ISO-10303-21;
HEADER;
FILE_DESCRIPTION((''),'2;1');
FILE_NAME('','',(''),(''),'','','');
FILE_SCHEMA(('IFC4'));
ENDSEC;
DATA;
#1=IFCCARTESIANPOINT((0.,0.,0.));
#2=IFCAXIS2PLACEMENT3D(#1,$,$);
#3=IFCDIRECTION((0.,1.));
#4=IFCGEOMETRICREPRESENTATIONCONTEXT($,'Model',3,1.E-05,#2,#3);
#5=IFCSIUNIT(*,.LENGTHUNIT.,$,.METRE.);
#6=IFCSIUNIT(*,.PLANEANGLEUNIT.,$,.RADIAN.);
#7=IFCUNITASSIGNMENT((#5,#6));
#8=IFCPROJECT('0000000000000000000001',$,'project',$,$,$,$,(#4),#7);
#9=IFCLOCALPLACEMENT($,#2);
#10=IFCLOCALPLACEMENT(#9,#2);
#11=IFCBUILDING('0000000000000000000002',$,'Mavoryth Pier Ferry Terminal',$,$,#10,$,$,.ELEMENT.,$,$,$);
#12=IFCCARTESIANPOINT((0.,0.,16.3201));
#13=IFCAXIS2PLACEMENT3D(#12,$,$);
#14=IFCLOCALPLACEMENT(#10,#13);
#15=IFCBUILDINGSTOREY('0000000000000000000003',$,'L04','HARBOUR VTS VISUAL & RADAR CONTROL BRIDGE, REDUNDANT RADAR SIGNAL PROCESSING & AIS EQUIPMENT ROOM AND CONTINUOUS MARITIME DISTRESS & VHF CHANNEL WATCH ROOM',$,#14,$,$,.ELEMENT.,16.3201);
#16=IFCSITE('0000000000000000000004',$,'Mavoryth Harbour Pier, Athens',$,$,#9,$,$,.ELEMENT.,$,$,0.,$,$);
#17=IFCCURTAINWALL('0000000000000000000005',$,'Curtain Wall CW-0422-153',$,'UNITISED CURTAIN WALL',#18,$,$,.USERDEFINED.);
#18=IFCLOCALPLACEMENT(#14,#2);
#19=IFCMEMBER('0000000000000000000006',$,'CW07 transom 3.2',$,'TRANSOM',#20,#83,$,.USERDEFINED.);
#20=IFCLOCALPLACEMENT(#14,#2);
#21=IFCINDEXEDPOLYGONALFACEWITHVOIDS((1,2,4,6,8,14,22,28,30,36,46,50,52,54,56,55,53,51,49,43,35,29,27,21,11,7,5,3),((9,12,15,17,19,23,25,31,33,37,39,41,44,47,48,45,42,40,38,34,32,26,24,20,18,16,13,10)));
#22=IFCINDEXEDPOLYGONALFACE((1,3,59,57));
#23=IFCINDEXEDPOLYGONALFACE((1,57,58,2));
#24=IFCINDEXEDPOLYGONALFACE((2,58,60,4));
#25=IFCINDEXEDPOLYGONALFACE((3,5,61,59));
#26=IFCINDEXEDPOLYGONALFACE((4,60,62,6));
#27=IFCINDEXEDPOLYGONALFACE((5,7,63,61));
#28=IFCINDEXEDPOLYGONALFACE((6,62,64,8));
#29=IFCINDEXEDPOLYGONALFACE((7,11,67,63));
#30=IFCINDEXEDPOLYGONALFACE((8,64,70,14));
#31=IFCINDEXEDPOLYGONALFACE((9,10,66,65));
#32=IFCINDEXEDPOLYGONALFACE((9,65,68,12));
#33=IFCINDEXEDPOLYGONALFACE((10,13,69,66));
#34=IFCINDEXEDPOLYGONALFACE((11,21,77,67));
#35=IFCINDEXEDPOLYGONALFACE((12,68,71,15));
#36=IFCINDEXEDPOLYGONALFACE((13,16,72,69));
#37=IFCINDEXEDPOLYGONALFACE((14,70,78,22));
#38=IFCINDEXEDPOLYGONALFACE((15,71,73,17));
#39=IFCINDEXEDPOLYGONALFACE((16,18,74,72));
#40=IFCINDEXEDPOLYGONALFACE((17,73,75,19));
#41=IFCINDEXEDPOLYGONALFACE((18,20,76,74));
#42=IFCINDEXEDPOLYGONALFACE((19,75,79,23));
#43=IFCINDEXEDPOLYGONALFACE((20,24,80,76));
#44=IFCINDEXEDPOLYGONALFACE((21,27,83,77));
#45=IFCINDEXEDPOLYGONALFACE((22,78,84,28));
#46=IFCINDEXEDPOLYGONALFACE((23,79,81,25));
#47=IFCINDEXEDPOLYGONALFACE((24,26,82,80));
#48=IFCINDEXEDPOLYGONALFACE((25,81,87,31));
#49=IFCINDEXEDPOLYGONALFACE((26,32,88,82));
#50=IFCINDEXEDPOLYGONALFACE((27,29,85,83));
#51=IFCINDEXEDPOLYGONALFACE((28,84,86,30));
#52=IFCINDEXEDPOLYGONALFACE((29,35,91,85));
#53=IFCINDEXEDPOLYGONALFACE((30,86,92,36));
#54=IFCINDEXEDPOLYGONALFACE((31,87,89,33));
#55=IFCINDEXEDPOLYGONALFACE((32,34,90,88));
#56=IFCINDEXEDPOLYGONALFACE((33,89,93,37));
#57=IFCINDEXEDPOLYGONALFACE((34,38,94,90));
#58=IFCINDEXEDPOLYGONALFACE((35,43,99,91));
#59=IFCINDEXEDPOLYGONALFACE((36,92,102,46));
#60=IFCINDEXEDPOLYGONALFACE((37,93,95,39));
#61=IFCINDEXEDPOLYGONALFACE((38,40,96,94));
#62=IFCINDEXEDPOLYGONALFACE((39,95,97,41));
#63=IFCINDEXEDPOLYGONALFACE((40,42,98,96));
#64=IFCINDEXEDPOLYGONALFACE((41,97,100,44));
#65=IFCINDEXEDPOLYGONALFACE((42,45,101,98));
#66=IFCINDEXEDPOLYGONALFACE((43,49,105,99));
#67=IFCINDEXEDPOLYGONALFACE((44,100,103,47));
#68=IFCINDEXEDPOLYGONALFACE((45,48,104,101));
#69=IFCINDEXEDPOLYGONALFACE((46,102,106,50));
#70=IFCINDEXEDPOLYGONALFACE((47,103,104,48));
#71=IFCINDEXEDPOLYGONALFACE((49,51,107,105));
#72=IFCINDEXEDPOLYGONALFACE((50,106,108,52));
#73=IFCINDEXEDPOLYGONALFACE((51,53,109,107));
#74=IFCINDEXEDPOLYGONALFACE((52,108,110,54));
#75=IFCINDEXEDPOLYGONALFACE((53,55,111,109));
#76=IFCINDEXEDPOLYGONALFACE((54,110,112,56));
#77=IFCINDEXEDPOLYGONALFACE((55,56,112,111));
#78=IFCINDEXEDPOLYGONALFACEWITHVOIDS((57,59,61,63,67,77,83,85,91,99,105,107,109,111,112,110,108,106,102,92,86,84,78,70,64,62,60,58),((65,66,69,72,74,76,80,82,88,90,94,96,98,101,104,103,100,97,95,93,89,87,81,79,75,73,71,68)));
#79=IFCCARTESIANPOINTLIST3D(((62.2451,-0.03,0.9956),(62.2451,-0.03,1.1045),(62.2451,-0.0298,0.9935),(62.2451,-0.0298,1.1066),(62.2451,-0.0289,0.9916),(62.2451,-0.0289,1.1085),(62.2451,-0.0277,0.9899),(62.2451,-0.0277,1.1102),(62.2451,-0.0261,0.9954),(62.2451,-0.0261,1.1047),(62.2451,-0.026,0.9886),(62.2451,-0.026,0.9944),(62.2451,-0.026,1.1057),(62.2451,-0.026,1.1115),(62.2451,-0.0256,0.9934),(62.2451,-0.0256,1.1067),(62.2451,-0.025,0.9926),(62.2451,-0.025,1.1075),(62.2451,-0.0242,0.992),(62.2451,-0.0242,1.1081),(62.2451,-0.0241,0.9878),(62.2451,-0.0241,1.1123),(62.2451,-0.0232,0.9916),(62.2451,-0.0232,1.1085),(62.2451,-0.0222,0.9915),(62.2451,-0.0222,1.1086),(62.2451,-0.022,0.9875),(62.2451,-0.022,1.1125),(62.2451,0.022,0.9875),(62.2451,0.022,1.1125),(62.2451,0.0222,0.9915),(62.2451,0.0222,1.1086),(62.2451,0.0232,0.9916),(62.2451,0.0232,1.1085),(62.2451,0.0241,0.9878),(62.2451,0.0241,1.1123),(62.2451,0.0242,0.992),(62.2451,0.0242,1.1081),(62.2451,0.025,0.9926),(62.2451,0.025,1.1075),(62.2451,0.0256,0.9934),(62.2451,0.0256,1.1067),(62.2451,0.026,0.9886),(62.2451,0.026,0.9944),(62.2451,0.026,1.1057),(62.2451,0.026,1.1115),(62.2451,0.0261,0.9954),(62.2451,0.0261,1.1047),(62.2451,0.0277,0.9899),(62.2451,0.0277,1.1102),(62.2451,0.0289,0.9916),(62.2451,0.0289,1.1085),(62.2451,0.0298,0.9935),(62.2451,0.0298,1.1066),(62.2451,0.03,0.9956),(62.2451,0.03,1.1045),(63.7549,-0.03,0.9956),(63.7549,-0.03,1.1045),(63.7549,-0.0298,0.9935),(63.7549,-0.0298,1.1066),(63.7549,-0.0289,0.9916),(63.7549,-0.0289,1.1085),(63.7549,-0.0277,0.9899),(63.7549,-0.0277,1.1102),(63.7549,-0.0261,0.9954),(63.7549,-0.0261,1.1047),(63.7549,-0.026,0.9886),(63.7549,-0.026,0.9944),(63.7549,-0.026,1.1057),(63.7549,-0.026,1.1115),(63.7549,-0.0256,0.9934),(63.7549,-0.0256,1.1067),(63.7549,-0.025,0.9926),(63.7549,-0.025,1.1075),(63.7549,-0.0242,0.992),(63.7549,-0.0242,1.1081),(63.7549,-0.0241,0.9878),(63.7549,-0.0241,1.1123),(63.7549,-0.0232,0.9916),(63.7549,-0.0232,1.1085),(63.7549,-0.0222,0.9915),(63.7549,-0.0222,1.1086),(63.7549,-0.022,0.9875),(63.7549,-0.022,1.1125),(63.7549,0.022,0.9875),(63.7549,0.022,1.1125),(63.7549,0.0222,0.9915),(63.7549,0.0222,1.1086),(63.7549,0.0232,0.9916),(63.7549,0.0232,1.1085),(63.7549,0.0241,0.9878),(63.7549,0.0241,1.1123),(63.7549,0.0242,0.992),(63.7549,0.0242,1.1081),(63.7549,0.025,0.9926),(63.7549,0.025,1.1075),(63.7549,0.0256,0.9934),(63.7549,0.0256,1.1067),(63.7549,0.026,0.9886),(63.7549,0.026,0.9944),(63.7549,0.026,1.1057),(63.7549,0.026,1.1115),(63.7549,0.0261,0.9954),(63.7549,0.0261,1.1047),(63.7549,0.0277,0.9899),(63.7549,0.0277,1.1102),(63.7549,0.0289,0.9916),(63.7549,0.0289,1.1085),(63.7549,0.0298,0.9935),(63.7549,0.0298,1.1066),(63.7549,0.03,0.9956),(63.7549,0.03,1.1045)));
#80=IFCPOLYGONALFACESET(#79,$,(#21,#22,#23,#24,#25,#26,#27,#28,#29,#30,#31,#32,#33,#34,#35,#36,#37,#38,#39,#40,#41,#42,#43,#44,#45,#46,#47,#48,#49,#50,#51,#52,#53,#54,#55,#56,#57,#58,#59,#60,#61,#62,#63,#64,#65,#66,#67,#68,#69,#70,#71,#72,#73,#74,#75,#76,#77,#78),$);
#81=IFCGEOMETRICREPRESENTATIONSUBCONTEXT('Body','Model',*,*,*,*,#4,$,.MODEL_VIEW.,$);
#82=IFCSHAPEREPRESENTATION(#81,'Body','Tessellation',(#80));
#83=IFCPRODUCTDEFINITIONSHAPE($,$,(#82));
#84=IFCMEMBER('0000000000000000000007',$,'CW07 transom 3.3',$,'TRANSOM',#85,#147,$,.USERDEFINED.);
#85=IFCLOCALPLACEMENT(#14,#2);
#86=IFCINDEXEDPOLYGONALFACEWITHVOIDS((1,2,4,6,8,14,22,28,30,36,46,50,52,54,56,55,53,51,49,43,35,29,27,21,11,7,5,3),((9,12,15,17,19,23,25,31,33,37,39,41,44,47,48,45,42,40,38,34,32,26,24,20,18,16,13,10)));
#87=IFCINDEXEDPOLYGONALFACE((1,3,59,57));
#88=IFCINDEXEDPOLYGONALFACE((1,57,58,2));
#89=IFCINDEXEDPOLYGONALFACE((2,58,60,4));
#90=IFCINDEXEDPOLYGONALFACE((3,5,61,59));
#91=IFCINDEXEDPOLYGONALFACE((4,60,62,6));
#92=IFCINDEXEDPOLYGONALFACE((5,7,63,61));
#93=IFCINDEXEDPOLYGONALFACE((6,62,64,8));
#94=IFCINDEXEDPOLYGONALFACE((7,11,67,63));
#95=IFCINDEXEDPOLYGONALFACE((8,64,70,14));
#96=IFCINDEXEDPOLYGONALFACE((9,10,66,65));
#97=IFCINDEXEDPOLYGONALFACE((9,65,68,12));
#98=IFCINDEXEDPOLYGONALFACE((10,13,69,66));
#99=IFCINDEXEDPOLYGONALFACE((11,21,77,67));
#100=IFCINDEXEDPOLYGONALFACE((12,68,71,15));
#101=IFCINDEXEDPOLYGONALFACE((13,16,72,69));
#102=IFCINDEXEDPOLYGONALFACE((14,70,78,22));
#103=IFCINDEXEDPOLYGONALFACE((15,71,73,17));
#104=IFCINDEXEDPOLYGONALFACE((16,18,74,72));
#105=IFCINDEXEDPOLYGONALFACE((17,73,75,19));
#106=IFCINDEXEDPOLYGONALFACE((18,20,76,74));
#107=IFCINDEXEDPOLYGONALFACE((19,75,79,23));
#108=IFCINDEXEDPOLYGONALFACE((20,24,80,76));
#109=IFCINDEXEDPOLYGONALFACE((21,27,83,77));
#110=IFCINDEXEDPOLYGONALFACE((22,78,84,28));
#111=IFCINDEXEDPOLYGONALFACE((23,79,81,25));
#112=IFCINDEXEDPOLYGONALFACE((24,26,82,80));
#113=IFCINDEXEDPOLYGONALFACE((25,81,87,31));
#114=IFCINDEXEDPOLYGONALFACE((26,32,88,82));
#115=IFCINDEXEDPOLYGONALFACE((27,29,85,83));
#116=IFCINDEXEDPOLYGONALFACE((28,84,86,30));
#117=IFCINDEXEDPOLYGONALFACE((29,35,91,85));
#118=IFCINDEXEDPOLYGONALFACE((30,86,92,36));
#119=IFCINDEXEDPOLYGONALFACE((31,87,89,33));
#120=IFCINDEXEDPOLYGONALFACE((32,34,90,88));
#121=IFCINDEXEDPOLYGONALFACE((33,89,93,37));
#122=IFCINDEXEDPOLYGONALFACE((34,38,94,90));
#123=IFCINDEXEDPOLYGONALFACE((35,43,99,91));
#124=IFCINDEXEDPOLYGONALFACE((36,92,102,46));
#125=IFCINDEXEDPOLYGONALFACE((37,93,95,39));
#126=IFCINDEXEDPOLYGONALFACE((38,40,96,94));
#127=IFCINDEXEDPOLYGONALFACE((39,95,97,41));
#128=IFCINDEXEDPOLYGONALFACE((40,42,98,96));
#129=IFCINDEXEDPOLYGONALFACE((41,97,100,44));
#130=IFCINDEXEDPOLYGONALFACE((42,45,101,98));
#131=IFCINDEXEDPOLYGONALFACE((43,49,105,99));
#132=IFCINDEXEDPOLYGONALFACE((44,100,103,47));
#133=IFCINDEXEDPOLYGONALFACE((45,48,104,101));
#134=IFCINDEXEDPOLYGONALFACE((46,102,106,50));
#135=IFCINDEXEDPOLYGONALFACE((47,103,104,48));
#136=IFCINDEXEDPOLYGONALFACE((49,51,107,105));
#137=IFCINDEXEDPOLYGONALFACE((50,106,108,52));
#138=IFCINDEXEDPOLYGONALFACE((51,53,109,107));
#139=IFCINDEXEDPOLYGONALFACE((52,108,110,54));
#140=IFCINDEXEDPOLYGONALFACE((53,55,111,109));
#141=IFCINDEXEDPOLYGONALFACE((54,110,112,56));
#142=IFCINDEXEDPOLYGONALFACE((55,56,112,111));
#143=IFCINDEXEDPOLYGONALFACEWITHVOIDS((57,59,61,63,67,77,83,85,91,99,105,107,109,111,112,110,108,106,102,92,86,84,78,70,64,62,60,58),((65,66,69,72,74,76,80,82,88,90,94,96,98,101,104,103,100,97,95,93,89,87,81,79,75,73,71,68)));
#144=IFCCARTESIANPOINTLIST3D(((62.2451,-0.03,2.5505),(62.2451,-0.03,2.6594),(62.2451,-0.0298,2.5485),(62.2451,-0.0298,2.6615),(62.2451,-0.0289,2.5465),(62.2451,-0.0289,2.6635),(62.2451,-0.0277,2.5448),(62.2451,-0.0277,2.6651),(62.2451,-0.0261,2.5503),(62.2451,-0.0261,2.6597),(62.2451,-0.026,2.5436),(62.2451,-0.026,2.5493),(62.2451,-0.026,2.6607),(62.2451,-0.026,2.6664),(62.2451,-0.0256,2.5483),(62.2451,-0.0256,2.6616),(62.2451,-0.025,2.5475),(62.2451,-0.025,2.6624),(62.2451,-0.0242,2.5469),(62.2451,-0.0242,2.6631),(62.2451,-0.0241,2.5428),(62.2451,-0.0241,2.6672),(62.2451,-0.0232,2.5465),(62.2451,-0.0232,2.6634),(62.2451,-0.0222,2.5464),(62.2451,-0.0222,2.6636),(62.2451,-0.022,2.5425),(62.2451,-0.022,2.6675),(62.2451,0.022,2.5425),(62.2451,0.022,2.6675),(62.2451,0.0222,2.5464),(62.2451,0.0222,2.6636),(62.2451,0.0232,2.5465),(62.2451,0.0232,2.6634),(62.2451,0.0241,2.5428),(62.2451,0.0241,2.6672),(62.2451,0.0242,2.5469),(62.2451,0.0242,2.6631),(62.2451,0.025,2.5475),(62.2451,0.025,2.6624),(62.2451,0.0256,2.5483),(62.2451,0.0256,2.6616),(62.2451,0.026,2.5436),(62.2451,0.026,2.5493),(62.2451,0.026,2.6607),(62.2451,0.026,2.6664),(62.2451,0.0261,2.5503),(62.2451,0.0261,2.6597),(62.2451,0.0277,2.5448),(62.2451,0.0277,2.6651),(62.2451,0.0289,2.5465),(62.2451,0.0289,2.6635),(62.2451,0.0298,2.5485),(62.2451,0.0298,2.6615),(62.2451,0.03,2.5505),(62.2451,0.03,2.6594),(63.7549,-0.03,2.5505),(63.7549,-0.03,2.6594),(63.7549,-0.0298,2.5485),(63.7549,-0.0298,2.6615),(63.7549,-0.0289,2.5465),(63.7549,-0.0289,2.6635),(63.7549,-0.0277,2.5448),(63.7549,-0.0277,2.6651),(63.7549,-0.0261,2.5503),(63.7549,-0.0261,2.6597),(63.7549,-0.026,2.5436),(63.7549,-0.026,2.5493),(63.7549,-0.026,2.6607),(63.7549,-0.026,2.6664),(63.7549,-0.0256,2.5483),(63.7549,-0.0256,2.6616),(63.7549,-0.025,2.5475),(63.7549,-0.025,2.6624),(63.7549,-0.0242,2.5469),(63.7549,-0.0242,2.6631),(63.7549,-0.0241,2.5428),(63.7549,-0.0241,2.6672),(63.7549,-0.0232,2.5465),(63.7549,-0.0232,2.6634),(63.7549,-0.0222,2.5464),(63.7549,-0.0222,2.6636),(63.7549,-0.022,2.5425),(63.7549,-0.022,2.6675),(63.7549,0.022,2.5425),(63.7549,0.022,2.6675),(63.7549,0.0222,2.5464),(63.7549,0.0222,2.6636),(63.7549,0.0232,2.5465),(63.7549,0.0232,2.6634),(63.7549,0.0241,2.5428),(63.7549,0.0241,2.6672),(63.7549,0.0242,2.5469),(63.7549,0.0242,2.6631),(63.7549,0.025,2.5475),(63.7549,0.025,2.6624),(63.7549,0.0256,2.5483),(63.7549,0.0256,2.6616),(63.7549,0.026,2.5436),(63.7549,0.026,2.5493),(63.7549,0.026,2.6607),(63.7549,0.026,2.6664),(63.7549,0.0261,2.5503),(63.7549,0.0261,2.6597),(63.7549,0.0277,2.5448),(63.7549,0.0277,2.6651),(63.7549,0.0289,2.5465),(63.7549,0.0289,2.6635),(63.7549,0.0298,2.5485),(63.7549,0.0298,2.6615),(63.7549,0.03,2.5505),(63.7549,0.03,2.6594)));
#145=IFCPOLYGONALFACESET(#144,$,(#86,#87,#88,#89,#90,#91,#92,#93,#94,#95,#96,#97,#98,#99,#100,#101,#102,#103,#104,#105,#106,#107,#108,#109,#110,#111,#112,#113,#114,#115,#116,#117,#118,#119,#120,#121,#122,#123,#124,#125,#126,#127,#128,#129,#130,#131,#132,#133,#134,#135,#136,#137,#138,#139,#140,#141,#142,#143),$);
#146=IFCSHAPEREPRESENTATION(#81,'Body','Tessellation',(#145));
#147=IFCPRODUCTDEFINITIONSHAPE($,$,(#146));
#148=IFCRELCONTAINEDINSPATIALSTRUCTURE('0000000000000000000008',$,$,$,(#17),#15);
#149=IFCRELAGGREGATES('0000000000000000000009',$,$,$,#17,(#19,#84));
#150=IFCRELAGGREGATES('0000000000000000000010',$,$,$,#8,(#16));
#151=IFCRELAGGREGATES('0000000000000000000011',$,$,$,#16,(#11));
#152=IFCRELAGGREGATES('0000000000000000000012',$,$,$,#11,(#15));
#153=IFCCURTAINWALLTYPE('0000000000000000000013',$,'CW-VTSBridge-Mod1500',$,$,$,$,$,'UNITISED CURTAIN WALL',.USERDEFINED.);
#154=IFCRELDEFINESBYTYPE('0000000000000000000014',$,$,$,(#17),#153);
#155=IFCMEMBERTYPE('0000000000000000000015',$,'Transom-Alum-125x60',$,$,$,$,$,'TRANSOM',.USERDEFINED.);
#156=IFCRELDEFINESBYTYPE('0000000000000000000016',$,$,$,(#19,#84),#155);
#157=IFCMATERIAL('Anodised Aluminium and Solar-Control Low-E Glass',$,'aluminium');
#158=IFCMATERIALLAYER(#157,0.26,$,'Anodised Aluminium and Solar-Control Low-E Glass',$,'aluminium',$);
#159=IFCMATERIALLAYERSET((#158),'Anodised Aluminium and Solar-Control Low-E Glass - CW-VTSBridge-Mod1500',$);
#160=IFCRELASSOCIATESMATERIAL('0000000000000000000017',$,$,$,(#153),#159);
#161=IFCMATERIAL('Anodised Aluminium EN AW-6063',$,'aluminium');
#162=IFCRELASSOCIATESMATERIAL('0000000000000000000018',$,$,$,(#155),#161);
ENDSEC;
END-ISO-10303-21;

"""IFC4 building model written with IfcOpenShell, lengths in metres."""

from ifc_helpers import new_model, si_unit, direction, frame, origin, origin_2d, place, context, subcontext, project, spatial, hollow_rectangle, extrude, material, layer, layer_set, material_profile, profile_set, type_object, element, aggregate, save


model = new_model("IFC4")

# Units and contexts
model_context = context("Model", 3, precision=1e-05, world=origin(), true_north=direction((0.0, 1.0)))
body_context = subcontext(model_context, "Body", "Model", "MODEL_VIEW")
ifc_project = project(units=[si_unit("LENGTHUNIT", "METRE"), si_unit("PLANEANGLEUNIT", "RADIAN")], contexts=[model_context])

# Site, building, storey
site_placement = place(None, origin())
site = spatial("IfcSite", under=ifc_project, at=site_placement, Name="Mavoryth Harbour Pier, Athens", CompositionType="ELEMENT", RefElevation=0.0)
building_placement = place(site_placement, origin())
building = spatial("IfcBuilding", under=site, at=building_placement, Name="Mavoryth Pier Ferry Terminal", CompositionType="ELEMENT")
storey_placement = place(building_placement, frame((0.0, 0.0, 16.3201)))
storey = spatial("IfcBuildingStorey", under=building, at=storey_placement, Name="L04", Description="HARBOUR VTS VISUAL & RADAR CONTROL BRIDGE, REDUNDANT RADAR SIGNAL PROCESSING & AIS EQUIPMENT ROOM AND CONTINUOUS MARITIME DISTRESS & VHF CHANNEL WATCH ROOM", CompositionType="ELEMENT", Elevation=16.3201)

# Curtain wall, members
ifc_material_1 = material(Name="Anodised Aluminium and Solar-Control Low-E Glass", Category="aluminium")
ifc_layer_1 = layer(ifc_material_1, 0.26, Name="Anodised Aluminium and Solar-Control Low-E Glass", Category="aluminium")
ifc_layer_set_1 = layer_set([ifc_layer_1], Name="Anodised Aluminium and Solar-Control Low-E Glass - CW-VTSBridge-Mod1500")
curtain_wall_type = type_object("IfcCurtainWallType", Name="CW-VTSBridge-Mod1500", ElementType="UNITISED CURTAIN WALL", PredefinedType="USERDEFINED", material=ifc_layer_set_1)
curtain_wall_placement = place(storey_placement, origin())
curtain_wall = element("IfcCurtainWall", 1, at=curtain_wall_placement, inside=storey, type_object=curtain_wall_type, Name="Curtain Wall CW-0422-153", ObjectType="UNITISED CURTAIN WALL", PredefinedType="USERDEFINED")
ifc_material_2 = material(Name="Anodised Aluminium EN AW-6063", Category="aluminium")
ifc_material_profile_1 = material_profile(ifc_material_2, hollow_rectangle(XDim=0.0601, YDim=0.125, WallThickness=0.0039, InnerFilletRadius=0.0039, OuterFilletRadius=0.0081, at=origin_2d()), Name="AL-TRAN 125x60x4", Category="aluminium")
ifc_profile_set_1 = profile_set([ifc_material_profile_1], Name="Anodised Aluminium EN AW-6063 - AL-TRAN 125x60x4")
member_type_1 = type_object("IfcMemberType", Name="Transom-Alum-125x60", ElementType="TRANSOM", PredefinedType="USERDEFINED", material=ifc_profile_set_1)
member_1_placement = place(storey_placement, frame((62.2451, 0.0, 1.05), z_axis=(1.0, 0.0, 0.0), x_axis=(0.0, 1.0, 0.0)))
member_1 = element("IfcMember", 2, at=member_1_placement, type_object=member_type_1, Name="CW07 transom 3.2", ObjectType="TRANSOM", PredefinedType="USERDEFINED", context=body_context, shape_type="SweptSolid", body=[
    extrude(hollow_rectangle(XDim=0.0601, YDim=0.125, WallThickness=0.0039, InnerFilletRadius=0.0039, OuterFilletRadius=0.0081, at=origin_2d()), origin(), (0.0, 0.0, 1.0), 1.5098),
])
member_2_placement = place(storey_placement, frame((62.2451, 0.0, 2.605), z_axis=(1.0, 0.0, 0.0), x_axis=(0.0, 1.0, 0.0)))
member_2 = element("IfcMember", 3, at=member_2_placement, type_object=member_type_1, Name="CW07 transom 3.3", ObjectType="TRANSOM", PredefinedType="USERDEFINED", context=body_context, shape_type="SweptSolid", body=[
    extrude(hollow_rectangle(XDim=0.0601, YDim=0.125, WallThickness=0.0039, InnerFilletRadius=0.0039, OuterFilletRadius=0.0081, at=origin_2d()), origin(), (0.0, 0.0, 1.0), 1.5098),
])
aggregate(curtain_wall, [member_1, member_2])

save(model, "model.ifc")
